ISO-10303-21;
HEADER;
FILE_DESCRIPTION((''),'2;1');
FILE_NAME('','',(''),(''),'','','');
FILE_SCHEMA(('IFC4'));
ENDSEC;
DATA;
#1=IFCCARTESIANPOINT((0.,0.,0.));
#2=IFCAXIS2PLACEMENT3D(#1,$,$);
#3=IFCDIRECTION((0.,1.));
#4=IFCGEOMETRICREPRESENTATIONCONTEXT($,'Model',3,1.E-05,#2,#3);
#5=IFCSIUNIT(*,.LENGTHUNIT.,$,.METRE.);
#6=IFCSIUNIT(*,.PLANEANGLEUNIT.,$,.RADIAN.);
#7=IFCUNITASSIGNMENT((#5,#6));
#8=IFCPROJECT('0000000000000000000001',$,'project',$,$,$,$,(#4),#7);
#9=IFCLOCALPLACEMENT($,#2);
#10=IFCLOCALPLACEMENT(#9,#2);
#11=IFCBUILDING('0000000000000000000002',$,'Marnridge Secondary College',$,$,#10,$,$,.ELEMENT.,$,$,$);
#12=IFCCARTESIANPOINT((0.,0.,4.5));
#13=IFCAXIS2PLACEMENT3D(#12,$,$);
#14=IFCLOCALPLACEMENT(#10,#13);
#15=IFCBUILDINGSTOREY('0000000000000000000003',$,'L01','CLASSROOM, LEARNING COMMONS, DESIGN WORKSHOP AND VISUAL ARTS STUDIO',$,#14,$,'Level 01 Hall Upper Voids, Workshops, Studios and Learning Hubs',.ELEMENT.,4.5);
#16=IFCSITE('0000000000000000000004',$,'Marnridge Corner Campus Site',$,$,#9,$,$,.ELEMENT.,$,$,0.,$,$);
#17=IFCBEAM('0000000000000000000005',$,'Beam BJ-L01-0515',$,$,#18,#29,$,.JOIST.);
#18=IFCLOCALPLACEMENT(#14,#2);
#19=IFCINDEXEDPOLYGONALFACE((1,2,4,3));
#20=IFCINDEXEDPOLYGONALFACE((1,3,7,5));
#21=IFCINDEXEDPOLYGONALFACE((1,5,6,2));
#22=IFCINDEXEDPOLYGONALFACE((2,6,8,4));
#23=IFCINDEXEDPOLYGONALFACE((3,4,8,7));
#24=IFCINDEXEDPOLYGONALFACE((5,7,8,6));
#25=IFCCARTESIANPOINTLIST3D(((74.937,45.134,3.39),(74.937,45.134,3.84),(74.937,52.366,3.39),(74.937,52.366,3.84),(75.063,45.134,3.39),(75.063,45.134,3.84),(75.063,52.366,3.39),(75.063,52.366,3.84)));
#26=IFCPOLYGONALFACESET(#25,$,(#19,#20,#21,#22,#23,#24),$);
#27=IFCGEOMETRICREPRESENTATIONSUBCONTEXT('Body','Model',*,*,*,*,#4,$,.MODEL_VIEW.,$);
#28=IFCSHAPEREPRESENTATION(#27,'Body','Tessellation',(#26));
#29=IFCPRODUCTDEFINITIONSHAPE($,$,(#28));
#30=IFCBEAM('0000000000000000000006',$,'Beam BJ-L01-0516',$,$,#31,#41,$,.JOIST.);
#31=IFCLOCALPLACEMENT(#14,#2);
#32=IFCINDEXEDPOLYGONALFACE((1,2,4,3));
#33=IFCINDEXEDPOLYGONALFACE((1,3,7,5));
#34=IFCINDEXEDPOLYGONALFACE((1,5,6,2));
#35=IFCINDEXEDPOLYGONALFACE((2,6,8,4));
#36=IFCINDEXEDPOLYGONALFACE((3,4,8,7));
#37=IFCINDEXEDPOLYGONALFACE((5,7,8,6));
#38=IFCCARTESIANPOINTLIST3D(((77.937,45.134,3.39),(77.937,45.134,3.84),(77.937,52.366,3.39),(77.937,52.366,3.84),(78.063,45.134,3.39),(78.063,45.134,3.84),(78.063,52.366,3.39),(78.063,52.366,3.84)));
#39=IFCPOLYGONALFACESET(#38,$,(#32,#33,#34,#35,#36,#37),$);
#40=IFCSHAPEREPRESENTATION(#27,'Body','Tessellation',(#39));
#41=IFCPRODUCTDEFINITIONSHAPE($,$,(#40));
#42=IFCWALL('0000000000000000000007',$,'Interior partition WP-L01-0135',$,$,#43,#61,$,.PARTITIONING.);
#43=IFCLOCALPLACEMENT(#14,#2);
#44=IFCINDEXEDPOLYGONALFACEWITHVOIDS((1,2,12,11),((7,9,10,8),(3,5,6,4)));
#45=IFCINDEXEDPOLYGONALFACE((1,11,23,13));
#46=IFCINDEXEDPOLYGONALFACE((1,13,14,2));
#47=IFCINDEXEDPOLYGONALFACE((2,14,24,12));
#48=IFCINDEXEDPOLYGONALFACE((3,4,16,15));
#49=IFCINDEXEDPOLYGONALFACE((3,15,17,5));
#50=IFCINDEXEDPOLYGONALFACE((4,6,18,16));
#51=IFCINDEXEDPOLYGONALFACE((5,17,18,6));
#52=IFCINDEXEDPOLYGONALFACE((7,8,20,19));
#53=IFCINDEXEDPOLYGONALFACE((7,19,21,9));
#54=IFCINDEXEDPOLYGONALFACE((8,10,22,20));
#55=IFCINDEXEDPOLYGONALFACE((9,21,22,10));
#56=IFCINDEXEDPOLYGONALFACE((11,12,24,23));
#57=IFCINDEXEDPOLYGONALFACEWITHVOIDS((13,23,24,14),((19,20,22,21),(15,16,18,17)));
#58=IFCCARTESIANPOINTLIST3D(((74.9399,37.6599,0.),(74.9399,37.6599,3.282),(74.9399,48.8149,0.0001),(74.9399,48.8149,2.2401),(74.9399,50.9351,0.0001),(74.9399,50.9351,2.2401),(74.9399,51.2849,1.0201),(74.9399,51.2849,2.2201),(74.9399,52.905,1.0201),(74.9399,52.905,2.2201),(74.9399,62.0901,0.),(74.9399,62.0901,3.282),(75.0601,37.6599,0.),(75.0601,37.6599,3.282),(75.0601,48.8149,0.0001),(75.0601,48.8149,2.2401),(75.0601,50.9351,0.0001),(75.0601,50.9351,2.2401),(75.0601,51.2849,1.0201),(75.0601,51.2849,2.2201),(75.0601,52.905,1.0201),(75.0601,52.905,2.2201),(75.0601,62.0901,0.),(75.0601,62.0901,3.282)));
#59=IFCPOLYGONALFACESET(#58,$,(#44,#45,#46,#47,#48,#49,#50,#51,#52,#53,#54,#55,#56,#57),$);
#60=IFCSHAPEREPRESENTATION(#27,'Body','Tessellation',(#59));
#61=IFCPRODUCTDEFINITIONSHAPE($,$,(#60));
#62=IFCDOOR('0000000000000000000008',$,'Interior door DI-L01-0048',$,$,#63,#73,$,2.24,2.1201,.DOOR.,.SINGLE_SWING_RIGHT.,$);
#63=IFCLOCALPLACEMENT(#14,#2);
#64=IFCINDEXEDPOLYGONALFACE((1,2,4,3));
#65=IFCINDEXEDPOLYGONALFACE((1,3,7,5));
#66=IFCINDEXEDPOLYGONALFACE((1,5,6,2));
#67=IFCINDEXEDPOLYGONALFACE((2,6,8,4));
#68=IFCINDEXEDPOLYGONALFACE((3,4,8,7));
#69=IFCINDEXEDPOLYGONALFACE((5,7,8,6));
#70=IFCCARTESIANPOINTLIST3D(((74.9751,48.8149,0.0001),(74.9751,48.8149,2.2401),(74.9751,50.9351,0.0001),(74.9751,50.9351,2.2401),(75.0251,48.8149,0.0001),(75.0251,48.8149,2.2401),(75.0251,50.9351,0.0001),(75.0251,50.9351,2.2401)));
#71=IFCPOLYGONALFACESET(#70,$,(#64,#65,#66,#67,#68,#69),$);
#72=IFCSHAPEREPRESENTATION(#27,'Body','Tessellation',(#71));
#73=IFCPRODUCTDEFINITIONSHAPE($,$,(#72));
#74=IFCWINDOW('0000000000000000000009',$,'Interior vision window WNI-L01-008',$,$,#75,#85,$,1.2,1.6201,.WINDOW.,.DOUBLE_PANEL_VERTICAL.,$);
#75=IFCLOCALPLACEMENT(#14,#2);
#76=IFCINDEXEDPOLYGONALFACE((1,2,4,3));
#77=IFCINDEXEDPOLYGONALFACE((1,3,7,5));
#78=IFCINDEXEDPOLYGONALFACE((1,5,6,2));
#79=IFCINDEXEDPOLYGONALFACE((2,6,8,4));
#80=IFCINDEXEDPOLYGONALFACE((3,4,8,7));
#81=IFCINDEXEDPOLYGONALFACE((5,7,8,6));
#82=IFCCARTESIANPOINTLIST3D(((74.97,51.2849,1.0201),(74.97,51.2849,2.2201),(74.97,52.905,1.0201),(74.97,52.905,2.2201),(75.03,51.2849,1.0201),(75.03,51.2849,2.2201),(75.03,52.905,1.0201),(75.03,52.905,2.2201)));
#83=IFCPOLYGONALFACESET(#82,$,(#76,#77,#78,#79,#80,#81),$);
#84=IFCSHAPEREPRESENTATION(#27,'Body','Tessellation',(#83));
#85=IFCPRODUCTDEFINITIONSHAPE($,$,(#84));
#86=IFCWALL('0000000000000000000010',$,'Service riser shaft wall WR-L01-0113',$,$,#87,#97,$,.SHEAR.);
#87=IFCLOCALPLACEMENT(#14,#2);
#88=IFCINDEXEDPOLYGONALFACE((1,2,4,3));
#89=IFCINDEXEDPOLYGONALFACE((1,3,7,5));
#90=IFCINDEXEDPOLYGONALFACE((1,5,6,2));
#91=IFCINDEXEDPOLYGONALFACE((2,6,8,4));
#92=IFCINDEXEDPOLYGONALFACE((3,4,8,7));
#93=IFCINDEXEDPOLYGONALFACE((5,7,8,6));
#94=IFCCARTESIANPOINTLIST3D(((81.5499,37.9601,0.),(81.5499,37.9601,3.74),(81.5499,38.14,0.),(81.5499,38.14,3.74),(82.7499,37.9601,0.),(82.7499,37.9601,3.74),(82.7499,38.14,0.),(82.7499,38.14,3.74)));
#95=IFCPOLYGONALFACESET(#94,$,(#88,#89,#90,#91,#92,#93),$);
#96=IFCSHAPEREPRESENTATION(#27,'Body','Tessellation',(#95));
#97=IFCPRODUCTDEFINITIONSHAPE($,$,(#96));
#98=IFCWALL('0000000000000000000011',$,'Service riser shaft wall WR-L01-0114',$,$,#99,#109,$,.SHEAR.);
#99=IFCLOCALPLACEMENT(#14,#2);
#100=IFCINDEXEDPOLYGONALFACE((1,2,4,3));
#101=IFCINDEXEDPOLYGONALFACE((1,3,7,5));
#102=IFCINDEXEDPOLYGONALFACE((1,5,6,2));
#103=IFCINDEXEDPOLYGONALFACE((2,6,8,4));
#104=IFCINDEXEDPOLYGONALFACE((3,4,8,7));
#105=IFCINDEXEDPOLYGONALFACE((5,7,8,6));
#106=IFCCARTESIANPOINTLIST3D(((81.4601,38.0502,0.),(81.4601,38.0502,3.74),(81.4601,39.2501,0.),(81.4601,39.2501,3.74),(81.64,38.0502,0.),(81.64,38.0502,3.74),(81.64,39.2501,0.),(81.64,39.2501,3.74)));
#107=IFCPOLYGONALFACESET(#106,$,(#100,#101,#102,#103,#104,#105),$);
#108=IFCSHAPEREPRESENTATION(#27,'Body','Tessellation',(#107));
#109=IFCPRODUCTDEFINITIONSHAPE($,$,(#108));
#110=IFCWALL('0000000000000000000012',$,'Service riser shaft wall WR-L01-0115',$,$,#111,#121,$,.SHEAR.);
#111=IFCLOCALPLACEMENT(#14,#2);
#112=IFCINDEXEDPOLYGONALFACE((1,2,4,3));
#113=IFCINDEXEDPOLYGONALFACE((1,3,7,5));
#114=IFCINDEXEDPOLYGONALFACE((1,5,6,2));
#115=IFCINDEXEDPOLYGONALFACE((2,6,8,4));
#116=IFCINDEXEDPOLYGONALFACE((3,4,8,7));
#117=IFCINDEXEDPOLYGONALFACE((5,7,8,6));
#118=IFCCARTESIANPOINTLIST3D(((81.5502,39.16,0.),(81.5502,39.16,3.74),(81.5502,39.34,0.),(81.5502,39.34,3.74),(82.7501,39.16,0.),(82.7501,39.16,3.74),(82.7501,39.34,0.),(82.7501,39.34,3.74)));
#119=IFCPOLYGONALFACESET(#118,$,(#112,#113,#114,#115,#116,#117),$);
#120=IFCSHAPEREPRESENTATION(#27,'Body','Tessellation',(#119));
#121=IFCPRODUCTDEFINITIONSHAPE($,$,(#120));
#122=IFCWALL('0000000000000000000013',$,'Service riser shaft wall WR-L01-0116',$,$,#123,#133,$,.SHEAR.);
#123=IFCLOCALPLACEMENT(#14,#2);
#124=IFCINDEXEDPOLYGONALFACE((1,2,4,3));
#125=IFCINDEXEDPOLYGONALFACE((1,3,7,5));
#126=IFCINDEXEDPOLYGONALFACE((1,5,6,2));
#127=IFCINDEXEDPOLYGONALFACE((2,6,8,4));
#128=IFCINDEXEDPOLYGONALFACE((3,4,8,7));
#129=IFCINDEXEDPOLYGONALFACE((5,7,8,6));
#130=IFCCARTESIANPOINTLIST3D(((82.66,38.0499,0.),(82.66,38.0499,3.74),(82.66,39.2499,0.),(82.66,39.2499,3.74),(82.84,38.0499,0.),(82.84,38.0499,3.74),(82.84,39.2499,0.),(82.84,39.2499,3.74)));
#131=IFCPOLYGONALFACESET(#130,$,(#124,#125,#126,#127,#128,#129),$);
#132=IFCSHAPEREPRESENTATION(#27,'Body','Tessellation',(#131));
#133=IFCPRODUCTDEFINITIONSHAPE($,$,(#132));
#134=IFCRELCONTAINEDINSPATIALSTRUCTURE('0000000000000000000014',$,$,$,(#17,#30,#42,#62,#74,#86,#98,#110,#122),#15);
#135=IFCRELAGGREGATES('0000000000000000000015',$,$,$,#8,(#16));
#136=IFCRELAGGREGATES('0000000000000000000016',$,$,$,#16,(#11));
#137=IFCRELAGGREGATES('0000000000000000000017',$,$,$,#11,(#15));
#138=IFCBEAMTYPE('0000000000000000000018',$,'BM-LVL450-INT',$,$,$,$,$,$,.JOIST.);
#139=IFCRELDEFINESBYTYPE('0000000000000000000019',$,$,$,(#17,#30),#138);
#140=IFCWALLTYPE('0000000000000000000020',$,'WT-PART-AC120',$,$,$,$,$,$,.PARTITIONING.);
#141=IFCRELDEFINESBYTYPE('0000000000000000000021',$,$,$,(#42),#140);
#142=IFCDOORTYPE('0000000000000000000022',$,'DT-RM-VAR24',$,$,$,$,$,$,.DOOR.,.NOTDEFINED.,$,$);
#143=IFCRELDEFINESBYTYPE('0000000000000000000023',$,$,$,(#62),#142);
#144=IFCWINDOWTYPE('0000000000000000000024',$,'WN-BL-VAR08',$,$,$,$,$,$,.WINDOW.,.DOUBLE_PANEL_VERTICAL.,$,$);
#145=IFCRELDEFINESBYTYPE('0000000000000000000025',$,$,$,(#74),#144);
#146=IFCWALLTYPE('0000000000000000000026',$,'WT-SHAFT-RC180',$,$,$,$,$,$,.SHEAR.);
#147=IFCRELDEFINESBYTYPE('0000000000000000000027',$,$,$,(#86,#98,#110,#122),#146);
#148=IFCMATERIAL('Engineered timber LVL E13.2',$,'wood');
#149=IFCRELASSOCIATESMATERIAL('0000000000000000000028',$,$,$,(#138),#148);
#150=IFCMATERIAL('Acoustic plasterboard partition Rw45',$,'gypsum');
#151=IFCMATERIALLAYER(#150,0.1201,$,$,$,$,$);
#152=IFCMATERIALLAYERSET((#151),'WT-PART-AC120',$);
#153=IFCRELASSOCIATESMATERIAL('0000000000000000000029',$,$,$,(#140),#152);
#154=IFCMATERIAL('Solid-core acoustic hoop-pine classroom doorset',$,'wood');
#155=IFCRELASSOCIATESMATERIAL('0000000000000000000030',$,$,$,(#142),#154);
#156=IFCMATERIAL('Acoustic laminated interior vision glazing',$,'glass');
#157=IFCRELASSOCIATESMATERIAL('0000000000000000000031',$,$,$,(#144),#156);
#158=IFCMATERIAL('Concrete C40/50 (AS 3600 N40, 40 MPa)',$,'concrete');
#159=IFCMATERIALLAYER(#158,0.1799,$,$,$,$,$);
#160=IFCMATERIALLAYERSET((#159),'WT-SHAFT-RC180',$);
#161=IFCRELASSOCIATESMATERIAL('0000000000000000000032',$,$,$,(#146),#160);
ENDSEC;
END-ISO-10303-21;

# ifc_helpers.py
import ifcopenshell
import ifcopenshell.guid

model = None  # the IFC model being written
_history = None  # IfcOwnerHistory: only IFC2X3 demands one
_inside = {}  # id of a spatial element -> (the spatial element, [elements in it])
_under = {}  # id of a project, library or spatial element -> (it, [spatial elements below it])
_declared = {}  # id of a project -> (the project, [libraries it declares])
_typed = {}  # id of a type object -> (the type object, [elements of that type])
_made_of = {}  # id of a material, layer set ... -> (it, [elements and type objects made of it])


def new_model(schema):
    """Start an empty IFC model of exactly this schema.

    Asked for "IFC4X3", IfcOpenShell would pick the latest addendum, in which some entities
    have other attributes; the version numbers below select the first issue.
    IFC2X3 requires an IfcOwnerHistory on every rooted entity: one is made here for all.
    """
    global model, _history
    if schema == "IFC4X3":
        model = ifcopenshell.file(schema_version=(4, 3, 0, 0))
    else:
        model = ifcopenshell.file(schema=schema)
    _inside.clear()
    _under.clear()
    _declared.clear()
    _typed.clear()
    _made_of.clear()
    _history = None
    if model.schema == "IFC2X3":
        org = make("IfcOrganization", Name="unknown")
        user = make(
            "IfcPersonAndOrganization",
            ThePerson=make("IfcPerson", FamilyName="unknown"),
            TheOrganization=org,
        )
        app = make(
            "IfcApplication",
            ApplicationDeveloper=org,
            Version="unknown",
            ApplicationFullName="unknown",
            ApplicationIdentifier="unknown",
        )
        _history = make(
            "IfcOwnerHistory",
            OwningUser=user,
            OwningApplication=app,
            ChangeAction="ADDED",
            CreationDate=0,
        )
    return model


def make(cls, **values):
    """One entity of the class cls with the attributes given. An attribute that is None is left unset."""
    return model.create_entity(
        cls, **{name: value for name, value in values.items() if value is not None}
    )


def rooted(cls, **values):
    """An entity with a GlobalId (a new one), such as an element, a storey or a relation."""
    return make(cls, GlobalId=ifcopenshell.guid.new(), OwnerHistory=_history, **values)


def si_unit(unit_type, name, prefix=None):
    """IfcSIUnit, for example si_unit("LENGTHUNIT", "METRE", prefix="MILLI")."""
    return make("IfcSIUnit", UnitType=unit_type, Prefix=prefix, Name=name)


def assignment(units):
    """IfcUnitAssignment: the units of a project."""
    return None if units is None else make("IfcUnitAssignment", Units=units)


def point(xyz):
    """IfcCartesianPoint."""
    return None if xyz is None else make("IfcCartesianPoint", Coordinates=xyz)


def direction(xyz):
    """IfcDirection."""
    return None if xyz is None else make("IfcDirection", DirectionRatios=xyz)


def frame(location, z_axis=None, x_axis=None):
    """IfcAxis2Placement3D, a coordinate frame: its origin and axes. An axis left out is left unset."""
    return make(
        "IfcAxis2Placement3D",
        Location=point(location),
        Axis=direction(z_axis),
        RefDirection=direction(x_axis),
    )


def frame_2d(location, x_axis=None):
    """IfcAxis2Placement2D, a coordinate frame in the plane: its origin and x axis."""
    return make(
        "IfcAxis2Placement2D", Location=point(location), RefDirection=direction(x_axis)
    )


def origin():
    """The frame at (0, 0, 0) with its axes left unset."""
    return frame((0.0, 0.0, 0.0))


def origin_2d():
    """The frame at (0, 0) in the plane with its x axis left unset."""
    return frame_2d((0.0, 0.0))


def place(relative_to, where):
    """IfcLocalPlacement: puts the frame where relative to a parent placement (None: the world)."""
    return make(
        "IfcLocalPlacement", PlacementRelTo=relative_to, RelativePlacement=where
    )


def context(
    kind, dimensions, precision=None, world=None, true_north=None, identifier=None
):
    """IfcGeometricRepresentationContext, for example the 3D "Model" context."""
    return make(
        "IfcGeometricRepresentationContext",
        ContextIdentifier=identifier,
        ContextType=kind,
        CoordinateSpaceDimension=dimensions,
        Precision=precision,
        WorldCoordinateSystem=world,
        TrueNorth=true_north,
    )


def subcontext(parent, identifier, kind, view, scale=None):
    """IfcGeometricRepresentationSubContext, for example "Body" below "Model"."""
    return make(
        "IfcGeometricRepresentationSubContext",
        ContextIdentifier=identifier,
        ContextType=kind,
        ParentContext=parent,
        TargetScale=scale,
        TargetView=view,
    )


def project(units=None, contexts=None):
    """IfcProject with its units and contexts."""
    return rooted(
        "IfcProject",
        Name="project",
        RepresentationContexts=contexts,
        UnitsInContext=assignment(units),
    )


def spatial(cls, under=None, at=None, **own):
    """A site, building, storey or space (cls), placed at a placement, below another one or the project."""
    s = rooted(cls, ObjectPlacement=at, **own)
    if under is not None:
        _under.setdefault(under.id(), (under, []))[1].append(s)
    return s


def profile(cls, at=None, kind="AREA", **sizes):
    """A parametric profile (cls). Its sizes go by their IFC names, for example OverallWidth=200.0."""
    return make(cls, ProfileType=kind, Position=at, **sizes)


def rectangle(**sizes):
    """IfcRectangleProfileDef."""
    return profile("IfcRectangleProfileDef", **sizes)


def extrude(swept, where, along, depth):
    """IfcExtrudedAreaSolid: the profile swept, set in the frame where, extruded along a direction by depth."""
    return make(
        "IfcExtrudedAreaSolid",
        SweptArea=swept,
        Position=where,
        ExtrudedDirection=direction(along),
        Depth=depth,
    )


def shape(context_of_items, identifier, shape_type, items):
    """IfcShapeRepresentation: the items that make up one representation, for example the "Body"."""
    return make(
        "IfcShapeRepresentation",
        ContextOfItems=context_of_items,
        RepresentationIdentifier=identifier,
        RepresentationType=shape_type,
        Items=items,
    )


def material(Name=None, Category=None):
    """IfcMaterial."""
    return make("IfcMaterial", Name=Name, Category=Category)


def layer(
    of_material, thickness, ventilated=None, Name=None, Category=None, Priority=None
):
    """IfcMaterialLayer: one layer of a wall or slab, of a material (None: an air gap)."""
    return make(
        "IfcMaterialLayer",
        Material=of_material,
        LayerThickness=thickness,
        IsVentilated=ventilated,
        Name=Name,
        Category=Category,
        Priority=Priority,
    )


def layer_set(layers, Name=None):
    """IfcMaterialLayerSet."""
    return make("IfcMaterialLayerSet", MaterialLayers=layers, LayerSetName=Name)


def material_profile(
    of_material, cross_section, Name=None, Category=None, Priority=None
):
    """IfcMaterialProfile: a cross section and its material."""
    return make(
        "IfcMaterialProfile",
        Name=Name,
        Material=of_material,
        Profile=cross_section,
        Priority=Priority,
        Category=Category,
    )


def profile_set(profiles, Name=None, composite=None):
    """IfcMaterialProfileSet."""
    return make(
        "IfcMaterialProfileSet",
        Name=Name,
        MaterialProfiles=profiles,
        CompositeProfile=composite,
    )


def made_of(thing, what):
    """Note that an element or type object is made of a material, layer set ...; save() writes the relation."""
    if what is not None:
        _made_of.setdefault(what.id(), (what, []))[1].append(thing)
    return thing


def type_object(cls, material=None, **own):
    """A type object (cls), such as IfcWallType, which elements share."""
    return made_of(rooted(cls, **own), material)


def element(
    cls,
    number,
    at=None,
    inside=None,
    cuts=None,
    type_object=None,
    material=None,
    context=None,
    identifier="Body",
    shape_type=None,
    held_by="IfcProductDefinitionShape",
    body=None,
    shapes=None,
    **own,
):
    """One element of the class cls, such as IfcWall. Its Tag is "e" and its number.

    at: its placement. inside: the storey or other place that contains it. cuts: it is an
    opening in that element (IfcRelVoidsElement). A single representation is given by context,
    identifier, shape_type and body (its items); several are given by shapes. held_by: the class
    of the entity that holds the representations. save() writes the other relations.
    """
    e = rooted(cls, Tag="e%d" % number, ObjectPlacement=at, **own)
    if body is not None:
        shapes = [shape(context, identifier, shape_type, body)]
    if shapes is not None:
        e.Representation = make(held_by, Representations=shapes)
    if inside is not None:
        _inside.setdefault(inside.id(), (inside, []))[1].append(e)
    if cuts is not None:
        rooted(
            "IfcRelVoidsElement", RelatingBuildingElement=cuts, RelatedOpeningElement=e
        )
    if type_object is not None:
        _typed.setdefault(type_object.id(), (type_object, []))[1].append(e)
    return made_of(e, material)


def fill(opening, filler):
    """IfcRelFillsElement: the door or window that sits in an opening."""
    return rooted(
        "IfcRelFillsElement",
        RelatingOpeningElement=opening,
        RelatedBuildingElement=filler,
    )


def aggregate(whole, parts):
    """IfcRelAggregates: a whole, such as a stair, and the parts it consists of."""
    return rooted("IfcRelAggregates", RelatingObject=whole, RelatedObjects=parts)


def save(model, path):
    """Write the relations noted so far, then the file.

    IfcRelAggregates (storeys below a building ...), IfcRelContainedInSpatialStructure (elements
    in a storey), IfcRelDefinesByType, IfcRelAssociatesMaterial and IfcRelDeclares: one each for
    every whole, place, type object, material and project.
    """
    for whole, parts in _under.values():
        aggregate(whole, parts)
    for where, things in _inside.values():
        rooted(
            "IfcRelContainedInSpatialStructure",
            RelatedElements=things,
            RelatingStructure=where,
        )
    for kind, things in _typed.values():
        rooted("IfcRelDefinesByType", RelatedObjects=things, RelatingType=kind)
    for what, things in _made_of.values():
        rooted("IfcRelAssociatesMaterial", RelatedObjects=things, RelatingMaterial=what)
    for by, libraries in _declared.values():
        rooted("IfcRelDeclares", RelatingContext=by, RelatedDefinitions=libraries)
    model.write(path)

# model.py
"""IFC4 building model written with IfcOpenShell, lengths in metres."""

from ifc_helpers import new_model, si_unit, direction, frame, frame_2d, origin, origin_2d, place, context, subcontext, project, spatial, rectangle, extrude, material, layer, layer_set, material_profile, profile_set, type_object, element, fill, save


model = new_model("IFC4")

# Units and contexts
model_context = context("Model", 3, precision=1e-05, world=origin(), true_north=direction((0.0, 1.0)))
body_context = subcontext(model_context, "Body", "Model", "MODEL_VIEW")
ifc_project = project(units=[si_unit("LENGTHUNIT", "METRE"), si_unit("PLANEANGLEUNIT", "RADIAN")], contexts=[model_context])

# Site, building, storey
site_placement = place(None, origin())
site = spatial("IfcSite", under=ifc_project, at=site_placement, Name="Marnridge Corner Campus Site", CompositionType="ELEMENT", RefElevation=0.0)
building_placement = place(site_placement, origin())
building = spatial("IfcBuilding", under=site, at=building_placement, Name="Marnridge Secondary College", CompositionType="ELEMENT")
storey_placement = place(building_placement, frame((0.0, 0.0, 4.5)))
storey = spatial("IfcBuildingStorey", under=building, at=storey_placement, Name="L01", Description="CLASSROOM, LEARNING COMMONS, DESIGN WORKSHOP AND VISUAL ARTS STUDIO", LongName="Level 01 Hall Upper Voids, Workshops, Studios and Learning Hubs", CompositionType="ELEMENT", Elevation=4.5)

# Beams
ifc_material_1 = material(Name="Engineered timber LVL E13.2", Category="wood")
ifc_material_profile_1 = material_profile(ifc_material_1, rectangle(XDim=0.126, YDim=0.45, at=origin_2d()), Name="LVL 126x450")
ifc_profile_set_1 = profile_set([ifc_material_profile_1], Name="Engineered timber LVL E13.2")
beam_type_1 = type_object("IfcBeamType", Name="BM-LVL450-INT", PredefinedType="JOIST", material=ifc_profile_set_1)
for number, where, z_axis, x_axis, name in (
    (1, (75.0, 45.134, 3.615), (0.0, 1.0, 0.0), (-1.0, 0.0, 0.0), "Beam BJ-L01-0515"),
    (2, (78.0, 45.134, 3.615), (0.0, 1.0, 0.0), (-1.0, 0.0, 0.0), "Beam BJ-L01-0516"),
):
    element("IfcBeam", number, at=place(storey_placement, frame(where, z_axis=z_axis, x_axis=x_axis)), inside=storey, type_object=beam_type_1, Name=name, PredefinedType="JOIST", context=body_context, shape_type="SweptSolid", body=[
        extrude(rectangle(XDim=0.126, YDim=0.45, at=origin_2d()), origin(), (0.0, 0.0, 1.0), 7.2319),
    ])

# Wall, openings, door, window
ifc_material_2 = material(Name="Acoustic plasterboard partition Rw45", Category="gypsum")
ifc_layer_1 = layer(ifc_material_2, 0.1201)
ifc_layer_set_1 = layer_set([ifc_layer_1], Name="WT-PART-AC120")
wall_type_1 = type_object("IfcWallType", Name="WT-PART-AC120", PredefinedType="PARTITIONING", material=ifc_layer_set_1)
wall_placement = place(storey_placement, frame((75.0, 37.6599, 0.0), z_axis=(0.0, 0.0, 1.0), x_axis=(0.0, 1.0, 0.0)))
wall = element("IfcWall", 3, at=wall_placement, inside=storey, type_object=wall_type_1, Name="Interior partition WP-L01-0135", PredefinedType="PARTITIONING", context=body_context, shape_type="SweptSolid", body=[
    extrude(rectangle(XDim=24.4302, YDim=0.1201, at=frame_2d((12.2151, 0.0))), origin(), (0.0, 0.0, 1.0), 3.282),
])
opening_1_placement = place(wall_placement, frame((11.155, 0.0, 0.0)))
opening_1 = element("IfcOpeningElement", 4, at=opening_1_placement, cuts=wall, PredefinedType="OPENING", context=body_context, shape_type="SweptSolid", body=[
    extrude(rectangle(XDim=2.1201, YDim=2.24, at=frame_2d((1.0601, 1.1201))), frame((0.0, 0.0701, 0.0), z_axis=(0.0, -1.0, 0.0), x_axis=(1.0, 0.0, 0.0)), (0.0, 0.0, 1.0), 0.1401),
])
opening_2_placement = place(wall_placement, frame((13.625, 0.0, 1.02)))
opening_2 = element("IfcOpeningElement", 5, at=opening_2_placement, cuts=wall, PredefinedType="OPENING", context=body_context, shape_type="SweptSolid", body=[
    extrude(rectangle(XDim=1.6201, YDim=1.2, at=frame_2d((0.8101, 0.6001))), frame((0.0, 0.0701, 0.0), z_axis=(0.0, -1.0, 0.0), x_axis=(1.0, 0.0, 0.0)), (0.0, 0.0, 1.0), 0.1401),
])
ifc_material_3 = material(Name="Solid-core acoustic hoop-pine classroom doorset", Category="wood")
door_type = type_object("IfcDoorType", Name="DT-RM-VAR24", OperationType="NOTDEFINED", PredefinedType="DOOR", material=ifc_material_3)
door_placement = place(opening_1_placement, origin())
door = element("IfcDoor", 6, at=door_placement, inside=storey, type_object=door_type, Name="Interior door DI-L01-0048", OperationType="SINGLE_SWING_RIGHT", OverallHeight=2.24, OverallWidth=2.1201, PredefinedType="DOOR", context=body_context, shape_type="SweptSolid", body=[
    extrude(rectangle(XDim=2.1201, YDim=2.24, at=frame_2d((1.0601, 1.1201))), frame((0.0, 0.0249, 0.0), z_axis=(0.0, -1.0, 0.0), x_axis=(1.0, 0.0, 0.0)), (0.0, 0.0, 1.0), 0.05),
])
fill(opening_1, door)
ifc_material_4 = material(Name="Acoustic laminated interior vision glazing", Category="glass")
window_type = type_object("IfcWindowType", Name="WN-BL-VAR08", PartitioningType="DOUBLE_PANEL_VERTICAL", PredefinedType="WINDOW", material=ifc_material_4)
window_placement = place(opening_2_placement, origin())
window = element("IfcWindow", 7, at=window_placement, inside=storey, type_object=window_type, Name="Interior vision window WNI-L01-008", OverallHeight=1.2, OverallWidth=1.6201, PartitioningType="DOUBLE_PANEL_VERTICAL", PredefinedType="WINDOW", context=body_context, shape_type="SweptSolid", body=[
    extrude(rectangle(XDim=1.6201, YDim=1.2, at=frame_2d((0.8101, 0.6001))), frame((0.0, 0.03, 0.0), z_axis=(0.0, -1.0, 0.0), x_axis=(1.0, 0.0, 0.0)), (0.0, 0.0, 1.0), 0.0601),
])
fill(opening_2, window)

# Walls
ifc_material_5 = material(Name="Concrete C40/50 (AS 3600 N40, 40 MPa)", Category="concrete")
ifc_layer_2 = layer(ifc_material_5, 0.1799)
ifc_layer_set_2 = layer_set([ifc_layer_2], Name="WT-SHAFT-RC180")
wall_type_2 = type_object("IfcWallType", Name="WT-SHAFT-RC180", PredefinedType="SHEAR", material=ifc_layer_set_2)
for number, where, z_axis, x_axis, name in (
    (8, (82.75, 38.05, 0.0), (0.0, 0.0, 1.0), (-1.0, 0.0, 0.0), "Service riser shaft wall WR-L01-0113"),
    (9, (81.55, 38.05, 0.0), (0.0, 0.0, 1.0), (0.0, 1.0, 0.0), "Service riser shaft wall WR-L01-0114"),
    (10, (81.55, 39.25, 0.0), (0.0, 0.0, 1.0), (1.0, 0.0, 0.0), "Service riser shaft wall WR-L01-0115"),
    (11, (82.75, 39.25, 0.0), (0.0, 0.0, 1.0), (0.0, -1.0, 0.0), "Service riser shaft wall WR-L01-0116"),
):
    element("IfcWall", number, at=place(storey_placement, frame(where, z_axis=z_axis, x_axis=x_axis)), inside=storey, type_object=wall_type_2, Name=name, PredefinedType="SHEAR", context=body_context, shape_type="SweptSolid", body=[
        extrude(rectangle(XDim=1.2, YDim=0.1799, at=frame_2d((0.6001, 0.0))), origin(), (0.0, 0.0, 1.0), 3.74),
    ])

save(model, "model.ifc")
